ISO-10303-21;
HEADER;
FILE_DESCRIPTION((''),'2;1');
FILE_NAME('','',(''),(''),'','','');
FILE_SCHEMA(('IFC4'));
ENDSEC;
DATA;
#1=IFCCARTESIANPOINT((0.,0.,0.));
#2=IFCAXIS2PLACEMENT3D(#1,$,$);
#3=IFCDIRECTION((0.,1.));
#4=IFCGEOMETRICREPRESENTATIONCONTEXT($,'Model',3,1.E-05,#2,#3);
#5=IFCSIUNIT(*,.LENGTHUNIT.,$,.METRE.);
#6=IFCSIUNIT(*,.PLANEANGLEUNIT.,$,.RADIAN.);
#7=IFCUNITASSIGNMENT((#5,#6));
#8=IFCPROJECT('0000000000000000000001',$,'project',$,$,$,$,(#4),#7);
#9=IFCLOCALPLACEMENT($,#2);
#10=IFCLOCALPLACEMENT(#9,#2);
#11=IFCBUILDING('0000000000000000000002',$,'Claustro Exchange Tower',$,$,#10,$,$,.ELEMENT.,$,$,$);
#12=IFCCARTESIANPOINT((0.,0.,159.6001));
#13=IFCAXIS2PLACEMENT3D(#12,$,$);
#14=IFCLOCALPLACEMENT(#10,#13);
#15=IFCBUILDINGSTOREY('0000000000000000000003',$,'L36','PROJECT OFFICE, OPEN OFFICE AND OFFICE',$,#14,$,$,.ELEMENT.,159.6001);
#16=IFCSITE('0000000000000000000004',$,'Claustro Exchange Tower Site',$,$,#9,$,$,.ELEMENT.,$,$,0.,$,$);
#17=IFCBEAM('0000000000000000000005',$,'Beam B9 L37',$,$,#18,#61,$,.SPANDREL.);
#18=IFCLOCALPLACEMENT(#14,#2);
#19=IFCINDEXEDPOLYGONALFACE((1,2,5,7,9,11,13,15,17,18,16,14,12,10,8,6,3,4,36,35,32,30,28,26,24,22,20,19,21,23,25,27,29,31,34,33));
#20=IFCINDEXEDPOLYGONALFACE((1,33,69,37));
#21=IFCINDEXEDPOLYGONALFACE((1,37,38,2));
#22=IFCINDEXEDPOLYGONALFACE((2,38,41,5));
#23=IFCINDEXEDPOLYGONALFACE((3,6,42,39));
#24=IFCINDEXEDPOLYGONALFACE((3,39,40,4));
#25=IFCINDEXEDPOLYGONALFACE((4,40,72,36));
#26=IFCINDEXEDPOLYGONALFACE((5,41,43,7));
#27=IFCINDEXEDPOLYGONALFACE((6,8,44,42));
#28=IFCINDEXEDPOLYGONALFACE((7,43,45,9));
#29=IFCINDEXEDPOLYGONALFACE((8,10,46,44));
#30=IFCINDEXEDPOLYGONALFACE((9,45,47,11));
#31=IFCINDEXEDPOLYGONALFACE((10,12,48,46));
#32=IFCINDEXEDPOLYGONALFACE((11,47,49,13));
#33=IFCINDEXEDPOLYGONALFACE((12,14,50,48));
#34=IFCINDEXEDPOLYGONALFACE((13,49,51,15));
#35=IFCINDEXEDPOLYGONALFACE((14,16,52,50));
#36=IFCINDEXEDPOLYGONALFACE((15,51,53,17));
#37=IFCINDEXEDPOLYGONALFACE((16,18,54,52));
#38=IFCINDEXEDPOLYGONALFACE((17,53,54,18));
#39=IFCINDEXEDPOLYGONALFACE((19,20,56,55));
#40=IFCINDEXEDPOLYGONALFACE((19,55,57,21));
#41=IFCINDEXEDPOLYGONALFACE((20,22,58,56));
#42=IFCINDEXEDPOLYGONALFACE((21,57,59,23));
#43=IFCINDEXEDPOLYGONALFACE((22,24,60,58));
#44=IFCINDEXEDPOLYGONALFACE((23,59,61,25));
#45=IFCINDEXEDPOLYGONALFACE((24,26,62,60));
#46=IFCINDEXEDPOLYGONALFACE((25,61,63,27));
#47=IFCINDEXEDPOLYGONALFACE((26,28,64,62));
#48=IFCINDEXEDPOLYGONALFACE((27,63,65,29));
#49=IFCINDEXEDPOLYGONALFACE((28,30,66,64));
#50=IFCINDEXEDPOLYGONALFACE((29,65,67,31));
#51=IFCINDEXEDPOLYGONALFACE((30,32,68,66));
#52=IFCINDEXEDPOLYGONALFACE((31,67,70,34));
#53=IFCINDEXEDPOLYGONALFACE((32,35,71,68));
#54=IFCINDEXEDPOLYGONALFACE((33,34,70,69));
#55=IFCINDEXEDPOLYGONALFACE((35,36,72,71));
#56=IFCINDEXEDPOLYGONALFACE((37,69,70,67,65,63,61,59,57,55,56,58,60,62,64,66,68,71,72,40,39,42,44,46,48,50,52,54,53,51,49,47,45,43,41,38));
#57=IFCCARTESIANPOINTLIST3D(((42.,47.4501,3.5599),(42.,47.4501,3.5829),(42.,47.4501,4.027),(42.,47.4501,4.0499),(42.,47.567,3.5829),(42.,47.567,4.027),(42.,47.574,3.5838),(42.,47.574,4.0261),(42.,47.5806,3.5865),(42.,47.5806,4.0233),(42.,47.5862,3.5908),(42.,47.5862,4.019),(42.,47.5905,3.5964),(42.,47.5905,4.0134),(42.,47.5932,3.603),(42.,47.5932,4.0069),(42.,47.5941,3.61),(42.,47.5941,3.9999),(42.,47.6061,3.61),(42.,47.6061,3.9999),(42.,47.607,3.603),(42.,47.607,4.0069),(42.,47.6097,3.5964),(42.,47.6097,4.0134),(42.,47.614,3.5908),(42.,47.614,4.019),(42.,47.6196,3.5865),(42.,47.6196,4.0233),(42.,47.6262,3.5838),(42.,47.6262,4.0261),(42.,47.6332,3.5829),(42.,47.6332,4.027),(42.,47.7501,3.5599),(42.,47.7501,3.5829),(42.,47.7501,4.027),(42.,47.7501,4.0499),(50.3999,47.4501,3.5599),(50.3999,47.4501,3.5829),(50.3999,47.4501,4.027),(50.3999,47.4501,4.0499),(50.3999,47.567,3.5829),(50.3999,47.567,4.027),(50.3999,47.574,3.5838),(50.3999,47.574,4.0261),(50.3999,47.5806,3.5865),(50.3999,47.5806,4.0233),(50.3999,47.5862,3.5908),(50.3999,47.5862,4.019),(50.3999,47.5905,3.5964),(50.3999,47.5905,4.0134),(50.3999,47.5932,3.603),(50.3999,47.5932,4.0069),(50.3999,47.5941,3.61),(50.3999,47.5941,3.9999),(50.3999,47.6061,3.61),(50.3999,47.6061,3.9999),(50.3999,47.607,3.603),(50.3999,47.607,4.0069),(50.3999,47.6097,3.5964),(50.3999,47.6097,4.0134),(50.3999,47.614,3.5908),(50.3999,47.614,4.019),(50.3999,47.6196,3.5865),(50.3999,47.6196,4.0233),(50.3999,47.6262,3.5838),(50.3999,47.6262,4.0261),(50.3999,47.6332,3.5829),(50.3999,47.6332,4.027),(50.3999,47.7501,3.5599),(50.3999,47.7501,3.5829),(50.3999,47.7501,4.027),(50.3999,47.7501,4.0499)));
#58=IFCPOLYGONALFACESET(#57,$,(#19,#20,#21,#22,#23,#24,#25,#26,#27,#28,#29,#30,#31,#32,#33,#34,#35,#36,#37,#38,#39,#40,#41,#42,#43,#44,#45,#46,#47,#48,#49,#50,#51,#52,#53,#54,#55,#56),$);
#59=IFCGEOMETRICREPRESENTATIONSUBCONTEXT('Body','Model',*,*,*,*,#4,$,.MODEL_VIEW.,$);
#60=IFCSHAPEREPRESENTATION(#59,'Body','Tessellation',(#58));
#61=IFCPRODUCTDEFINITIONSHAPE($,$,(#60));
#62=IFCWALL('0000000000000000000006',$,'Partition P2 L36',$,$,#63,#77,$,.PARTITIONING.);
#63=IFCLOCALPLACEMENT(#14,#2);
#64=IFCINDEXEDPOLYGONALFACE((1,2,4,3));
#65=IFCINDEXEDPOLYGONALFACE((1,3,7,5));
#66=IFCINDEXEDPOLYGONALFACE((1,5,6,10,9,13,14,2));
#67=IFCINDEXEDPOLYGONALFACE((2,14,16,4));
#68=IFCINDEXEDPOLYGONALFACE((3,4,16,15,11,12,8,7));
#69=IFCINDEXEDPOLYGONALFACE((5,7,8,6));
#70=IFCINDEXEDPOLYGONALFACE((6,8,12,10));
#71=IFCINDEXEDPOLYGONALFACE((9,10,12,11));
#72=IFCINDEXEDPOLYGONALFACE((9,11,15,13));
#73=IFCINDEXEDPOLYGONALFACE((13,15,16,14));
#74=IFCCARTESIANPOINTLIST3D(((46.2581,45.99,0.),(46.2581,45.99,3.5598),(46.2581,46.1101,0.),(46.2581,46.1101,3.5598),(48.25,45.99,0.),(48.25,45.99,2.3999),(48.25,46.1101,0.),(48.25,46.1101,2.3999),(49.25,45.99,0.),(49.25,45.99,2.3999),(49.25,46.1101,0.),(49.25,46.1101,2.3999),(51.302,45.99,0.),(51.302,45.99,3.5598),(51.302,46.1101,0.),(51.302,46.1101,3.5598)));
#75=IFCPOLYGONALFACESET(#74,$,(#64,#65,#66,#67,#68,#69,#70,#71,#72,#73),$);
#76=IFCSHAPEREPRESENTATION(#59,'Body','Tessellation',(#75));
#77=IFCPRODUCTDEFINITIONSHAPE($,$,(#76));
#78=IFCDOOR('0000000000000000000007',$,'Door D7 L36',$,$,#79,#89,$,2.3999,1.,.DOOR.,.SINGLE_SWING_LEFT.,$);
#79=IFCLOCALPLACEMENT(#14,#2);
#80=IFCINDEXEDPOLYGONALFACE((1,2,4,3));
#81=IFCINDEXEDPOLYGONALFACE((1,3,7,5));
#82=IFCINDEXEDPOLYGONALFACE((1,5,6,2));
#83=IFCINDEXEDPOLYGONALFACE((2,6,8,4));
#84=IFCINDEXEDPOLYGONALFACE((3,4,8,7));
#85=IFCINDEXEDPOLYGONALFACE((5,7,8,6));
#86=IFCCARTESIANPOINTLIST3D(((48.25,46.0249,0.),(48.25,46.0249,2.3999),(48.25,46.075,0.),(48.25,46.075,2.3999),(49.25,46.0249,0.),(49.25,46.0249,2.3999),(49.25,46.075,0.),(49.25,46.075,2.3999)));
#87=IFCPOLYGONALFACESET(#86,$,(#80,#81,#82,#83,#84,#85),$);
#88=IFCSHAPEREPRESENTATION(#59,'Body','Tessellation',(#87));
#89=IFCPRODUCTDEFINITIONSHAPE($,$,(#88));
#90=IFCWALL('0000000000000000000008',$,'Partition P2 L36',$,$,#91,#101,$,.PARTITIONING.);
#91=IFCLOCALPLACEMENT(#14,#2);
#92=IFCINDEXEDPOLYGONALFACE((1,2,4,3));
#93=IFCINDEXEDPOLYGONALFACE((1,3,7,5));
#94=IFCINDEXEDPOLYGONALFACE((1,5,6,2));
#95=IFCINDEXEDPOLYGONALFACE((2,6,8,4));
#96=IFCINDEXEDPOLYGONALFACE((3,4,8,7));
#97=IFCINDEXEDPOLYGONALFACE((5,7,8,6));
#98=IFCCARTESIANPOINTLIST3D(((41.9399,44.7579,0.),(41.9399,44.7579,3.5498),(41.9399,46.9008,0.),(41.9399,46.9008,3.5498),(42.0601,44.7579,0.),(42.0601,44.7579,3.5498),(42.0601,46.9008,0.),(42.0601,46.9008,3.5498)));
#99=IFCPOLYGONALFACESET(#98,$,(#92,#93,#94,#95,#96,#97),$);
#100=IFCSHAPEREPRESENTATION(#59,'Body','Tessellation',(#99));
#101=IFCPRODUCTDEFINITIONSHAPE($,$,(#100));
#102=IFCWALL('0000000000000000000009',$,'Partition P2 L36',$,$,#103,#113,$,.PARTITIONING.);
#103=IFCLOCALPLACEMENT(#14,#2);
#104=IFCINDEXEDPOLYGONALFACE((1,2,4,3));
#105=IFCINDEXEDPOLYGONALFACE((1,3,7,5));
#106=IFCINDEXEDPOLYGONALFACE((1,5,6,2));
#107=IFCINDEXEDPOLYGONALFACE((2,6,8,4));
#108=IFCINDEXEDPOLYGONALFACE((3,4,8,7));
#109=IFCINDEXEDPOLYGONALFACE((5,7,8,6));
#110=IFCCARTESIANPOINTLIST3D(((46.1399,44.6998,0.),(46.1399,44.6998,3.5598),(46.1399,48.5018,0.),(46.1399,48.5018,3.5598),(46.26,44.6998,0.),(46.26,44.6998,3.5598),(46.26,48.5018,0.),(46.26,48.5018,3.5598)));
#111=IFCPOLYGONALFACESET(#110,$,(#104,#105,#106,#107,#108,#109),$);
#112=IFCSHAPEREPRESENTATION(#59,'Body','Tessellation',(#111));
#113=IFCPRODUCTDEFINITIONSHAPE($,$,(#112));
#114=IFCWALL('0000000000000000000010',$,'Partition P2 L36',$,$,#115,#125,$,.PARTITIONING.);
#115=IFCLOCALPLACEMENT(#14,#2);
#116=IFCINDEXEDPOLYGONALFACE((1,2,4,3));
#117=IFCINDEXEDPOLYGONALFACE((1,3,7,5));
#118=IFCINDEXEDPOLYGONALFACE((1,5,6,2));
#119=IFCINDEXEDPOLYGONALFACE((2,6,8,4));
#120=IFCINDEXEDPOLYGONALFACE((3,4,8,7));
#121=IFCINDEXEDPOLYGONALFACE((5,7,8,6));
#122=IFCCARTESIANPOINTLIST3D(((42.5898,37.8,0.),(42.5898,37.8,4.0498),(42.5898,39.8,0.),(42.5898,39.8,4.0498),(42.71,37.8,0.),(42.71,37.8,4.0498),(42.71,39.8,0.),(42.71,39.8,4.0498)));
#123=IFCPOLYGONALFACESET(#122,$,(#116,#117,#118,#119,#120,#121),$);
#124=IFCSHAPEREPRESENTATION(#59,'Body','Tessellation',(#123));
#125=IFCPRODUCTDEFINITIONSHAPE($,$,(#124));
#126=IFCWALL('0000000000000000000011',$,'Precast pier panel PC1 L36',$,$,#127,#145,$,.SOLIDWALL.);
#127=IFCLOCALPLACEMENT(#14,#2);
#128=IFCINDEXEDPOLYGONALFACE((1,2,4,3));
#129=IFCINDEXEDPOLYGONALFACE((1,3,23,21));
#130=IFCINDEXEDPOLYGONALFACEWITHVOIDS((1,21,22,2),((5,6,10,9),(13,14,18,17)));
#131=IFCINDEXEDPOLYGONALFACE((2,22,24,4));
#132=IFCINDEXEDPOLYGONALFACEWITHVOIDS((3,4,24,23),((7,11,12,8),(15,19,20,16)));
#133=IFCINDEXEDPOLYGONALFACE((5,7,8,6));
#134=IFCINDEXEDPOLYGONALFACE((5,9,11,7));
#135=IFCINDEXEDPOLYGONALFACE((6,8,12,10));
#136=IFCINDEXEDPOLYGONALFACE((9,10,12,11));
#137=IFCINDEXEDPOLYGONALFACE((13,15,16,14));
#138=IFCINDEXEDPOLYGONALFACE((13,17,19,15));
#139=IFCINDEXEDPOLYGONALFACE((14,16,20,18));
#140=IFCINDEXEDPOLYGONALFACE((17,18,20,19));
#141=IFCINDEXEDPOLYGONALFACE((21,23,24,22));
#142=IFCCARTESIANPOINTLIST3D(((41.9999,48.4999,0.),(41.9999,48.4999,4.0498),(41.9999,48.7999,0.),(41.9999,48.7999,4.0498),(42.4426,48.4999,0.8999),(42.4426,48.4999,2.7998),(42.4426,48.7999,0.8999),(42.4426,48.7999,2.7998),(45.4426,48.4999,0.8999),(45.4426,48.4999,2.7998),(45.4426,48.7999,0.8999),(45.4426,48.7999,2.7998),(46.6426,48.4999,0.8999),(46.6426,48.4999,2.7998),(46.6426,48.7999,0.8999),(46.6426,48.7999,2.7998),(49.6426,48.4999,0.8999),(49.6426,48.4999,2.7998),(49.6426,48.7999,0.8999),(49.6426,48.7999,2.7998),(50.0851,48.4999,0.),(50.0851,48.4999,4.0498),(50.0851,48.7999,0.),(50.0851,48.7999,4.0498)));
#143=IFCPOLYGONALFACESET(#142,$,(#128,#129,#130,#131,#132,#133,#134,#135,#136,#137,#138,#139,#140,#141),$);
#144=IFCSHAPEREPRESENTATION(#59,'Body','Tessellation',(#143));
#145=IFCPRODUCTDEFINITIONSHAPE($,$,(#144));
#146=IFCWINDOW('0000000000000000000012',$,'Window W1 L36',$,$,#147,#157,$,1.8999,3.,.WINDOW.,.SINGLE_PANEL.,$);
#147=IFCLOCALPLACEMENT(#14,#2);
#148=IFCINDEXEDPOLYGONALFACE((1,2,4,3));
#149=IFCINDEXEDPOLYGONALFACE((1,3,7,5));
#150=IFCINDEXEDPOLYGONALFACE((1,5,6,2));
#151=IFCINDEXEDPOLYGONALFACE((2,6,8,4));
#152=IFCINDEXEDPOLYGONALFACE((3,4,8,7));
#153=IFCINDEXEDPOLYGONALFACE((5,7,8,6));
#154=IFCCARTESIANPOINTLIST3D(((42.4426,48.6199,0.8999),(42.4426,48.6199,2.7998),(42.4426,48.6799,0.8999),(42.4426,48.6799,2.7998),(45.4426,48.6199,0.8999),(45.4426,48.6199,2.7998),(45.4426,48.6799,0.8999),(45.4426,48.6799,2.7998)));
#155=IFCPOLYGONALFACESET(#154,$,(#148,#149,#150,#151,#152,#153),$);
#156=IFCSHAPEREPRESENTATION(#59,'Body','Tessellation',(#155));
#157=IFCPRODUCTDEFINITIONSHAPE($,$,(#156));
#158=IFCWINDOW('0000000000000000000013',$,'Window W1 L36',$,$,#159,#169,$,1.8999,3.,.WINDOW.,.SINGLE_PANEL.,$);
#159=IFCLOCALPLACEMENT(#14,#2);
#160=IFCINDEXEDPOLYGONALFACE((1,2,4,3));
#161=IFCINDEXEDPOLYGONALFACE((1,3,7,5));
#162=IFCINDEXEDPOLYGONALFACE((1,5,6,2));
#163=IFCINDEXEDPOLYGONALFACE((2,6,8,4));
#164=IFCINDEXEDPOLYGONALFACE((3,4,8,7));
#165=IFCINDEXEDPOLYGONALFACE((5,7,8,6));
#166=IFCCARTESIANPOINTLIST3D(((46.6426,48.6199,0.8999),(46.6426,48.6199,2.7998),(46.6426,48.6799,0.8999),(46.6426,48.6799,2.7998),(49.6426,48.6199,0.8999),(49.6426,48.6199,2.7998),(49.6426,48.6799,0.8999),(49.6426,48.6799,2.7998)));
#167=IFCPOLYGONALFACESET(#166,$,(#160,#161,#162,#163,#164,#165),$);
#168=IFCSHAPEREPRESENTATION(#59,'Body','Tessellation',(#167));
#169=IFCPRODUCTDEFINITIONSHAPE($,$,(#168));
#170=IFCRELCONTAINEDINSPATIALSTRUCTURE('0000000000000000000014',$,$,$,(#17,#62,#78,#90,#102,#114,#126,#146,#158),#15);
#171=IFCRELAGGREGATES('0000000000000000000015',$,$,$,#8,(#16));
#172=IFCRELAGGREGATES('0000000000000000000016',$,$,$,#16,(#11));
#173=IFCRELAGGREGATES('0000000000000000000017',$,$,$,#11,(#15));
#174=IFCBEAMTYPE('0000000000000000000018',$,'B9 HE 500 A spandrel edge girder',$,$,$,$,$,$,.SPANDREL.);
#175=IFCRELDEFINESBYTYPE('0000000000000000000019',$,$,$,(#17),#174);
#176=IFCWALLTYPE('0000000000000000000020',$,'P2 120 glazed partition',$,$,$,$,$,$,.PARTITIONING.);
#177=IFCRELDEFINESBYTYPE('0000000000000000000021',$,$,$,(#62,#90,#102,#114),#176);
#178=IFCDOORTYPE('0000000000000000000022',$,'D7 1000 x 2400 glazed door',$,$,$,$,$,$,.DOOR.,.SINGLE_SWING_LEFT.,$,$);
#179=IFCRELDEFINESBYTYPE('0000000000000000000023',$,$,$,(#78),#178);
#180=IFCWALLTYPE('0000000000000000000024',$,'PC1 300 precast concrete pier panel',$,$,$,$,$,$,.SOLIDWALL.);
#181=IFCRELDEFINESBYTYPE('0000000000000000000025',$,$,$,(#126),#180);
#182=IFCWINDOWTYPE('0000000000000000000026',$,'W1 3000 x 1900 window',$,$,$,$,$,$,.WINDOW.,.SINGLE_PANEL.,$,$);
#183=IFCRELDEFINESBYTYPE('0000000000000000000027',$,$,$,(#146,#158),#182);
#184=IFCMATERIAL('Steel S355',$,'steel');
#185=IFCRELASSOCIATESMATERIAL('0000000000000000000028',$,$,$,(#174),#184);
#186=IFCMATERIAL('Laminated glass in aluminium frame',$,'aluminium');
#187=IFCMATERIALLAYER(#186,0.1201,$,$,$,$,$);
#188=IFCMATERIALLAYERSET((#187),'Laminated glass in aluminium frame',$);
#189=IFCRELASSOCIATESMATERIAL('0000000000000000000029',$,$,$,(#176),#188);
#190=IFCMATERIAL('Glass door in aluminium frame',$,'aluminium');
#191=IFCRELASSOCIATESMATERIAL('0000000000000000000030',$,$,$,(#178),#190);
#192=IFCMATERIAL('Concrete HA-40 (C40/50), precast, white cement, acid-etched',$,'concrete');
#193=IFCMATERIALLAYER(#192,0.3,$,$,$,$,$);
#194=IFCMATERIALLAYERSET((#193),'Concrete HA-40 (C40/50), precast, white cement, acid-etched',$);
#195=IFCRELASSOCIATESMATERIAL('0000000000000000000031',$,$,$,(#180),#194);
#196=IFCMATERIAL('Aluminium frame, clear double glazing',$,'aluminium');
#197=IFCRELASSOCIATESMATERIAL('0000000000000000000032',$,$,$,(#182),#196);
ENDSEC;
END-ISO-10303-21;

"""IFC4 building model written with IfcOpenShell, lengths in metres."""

from ifc_helpers import new_model, si_unit, direction, frame, frame_2d, origin, origin_2d, place, context, subcontext, project, spatial, rectangle, i_section, extrude, material, layer, layer_set, material_profile, profile_set, type_object, element, fill, save


model = new_model("IFC4")

# Units and contexts
model_context = context("Model", 3, precision=1e-05, world=origin(), true_north=direction((0.0, 1.0)))
body_context = subcontext(model_context, "Body", "Model", "MODEL_VIEW")
ifc_project = project(units=[si_unit("LENGTHUNIT", "METRE"), si_unit("PLANEANGLEUNIT", "RADIAN")], contexts=[model_context])

# Site, building, storey
site_placement = place(None, origin())
site = spatial("IfcSite", under=ifc_project, at=site_placement, Name="Claustro Exchange Tower Site", CompositionType="ELEMENT", RefElevation=0.0)
building_placement = place(site_placement, origin())
building = spatial("IfcBuilding", under=site, at=building_placement, Name="Claustro Exchange Tower", CompositionType="ELEMENT")
storey_placement = place(building_placement, frame((0.0, 0.0, 159.6001)))
storey = spatial("IfcBuildingStorey", under=building, at=storey_placement, Name="L36", Description="PROJECT OFFICE, OPEN OFFICE AND OFFICE", CompositionType="ELEMENT", Elevation=159.6001)

# Beam
ifc_material_1 = material(Name="Steel S355", Category="steel")
ifc_material_profile_1 = material_profile(ifc_material_1, i_section(OverallWidth=0.3, OverallDepth=0.49, WebThickness=0.012, FlangeThickness=0.0229, FilletRadius=0.0271, at=origin_2d()), Name="HE 500 A")
ifc_profile_set_1 = profile_set([ifc_material_profile_1], Name="Steel S355")
beam_type_1 = type_object("IfcBeamType", Name="B9 HE 500 A spandrel edge girder", PredefinedType="SPANDREL", material=ifc_profile_set_1)
beam_1_placement = place(storey_placement, frame((42.0, 47.6001, 3.8049), z_axis=(1.0, 0.0, 0.0), x_axis=(0.0, 1.0, 0.0)))
element("IfcBeam", 1, at=beam_1_placement, inside=storey, type_object=beam_type_1, Name="Beam B9 L37", PredefinedType="SPANDREL", context=body_context, shape_type="SweptSolid", body=[
    extrude(i_section(OverallWidth=0.3, OverallDepth=0.49, WebThickness=0.012, FlangeThickness=0.0229, FilletRadius=0.0271, at=origin_2d()), origin(), (0.0, 0.0, 1.0), 8.3999),
])

# Wall, opening, door
ifc_material_2 = material(Name="Laminated glass in aluminium frame", Category="aluminium")
ifc_layer_1 = layer(ifc_material_2, 0.1201)
ifc_layer_set_1 = layer_set([ifc_layer_1], Name="Laminated glass in aluminium frame")
wall_type_1 = type_object("IfcWallType", Name="P2 120 glazed partition", PredefinedType="PARTITIONING", material=ifc_layer_set_1)
wall_1_placement = place(storey_placement, frame((46.2581, 46.05, 0.0), z_axis=(0.0, 0.0, 1.0), x_axis=(1.0, 0.0, 0.0)))
wall_1 = element("IfcWall", 2, at=wall_1_placement, inside=storey, type_object=wall_type_1, Name="Partition P2 L36", PredefinedType="PARTITIONING", context=body_context, shape_type="SweptSolid", body=[
    extrude(rectangle(XDim=5.0439, YDim=0.1201, at=frame_2d((2.522, 0.0))), origin(), (0.0, 0.0, 1.0), 3.5598),
])
opening_1_placement = place(wall_1_placement, frame((1.9919, 0.0, 0.0)))
opening_1 = element("IfcOpeningElement", 3, at=opening_1_placement, cuts=wall_1, PredefinedType="OPENING", context=body_context, shape_type="SweptSolid", body=[
    extrude(rectangle(XDim=1.0, YDim=2.3999, at=frame_2d((0.5, 1.2))), frame((0.0, 0.0701, 0.0), z_axis=(0.0, -1.0, 0.0), x_axis=(1.0, 0.0, 0.0)), (0.0, 0.0, 1.0), 0.1401),
])
ifc_material_3 = material(Name="Glass door in aluminium frame", Category="aluminium")
door_type = type_object("IfcDoorType", Name="D7 1000 x 2400 glazed door", OperationType="SINGLE_SWING_LEFT", PredefinedType="DOOR", material=ifc_material_3)
door_placement = place(opening_1_placement, origin())
door = element("IfcDoor", 4, at=door_placement, inside=storey, type_object=door_type, Name="Door D7 L36", OperationType="SINGLE_SWING_LEFT", OverallHeight=2.3999, OverallWidth=1.0, PredefinedType="DOOR", context=body_context, shape_type="SweptSolid", body=[
    extrude(rectangle(XDim=1.0, YDim=2.3999, at=frame_2d((0.5, 1.2))), frame((0.0, 0.0249, 0.0), z_axis=(0.0, -1.0, 0.0), x_axis=(1.0, 0.0, 0.0)), (0.0, 0.0, 1.0), 0.05),
])
fill(opening_1, door)

# Walls
wall_2_placement = place(storey_placement, frame((42.0, 44.7581, 0.0), z_axis=(0.0, 0.0, 1.0), x_axis=(0.0, 1.0, 0.0)))
element("IfcWall", 5, at=wall_2_placement, inside=storey, type_object=wall_type_1, Name="Partition P2 L36", PredefinedType="PARTITIONING", context=body_context, shape_type="SweptSolid", body=[
    extrude(rectangle(XDim=2.1428, YDim=0.1201, at=frame_2d((1.0713, 0.0))), origin(), (0.0, 0.0, 1.0), 3.5498),
])
wall_3_placement = place(storey_placement, frame((46.2, 44.7, 0.0), z_axis=(0.0, 0.0, 1.0), x_axis=(0.0, 1.0, 0.0)))
element("IfcWall", 6, at=wall_3_placement, inside=storey, type_object=wall_type_1, Name="Partition P2 L36", PredefinedType="PARTITIONING", context=body_context, shape_type="SweptSolid", body=[
    extrude(rectangle(XDim=3.802, YDim=0.1201, at=frame_2d((1.9009, 0.0))), origin(), (0.0, 0.0, 1.0), 3.5598),
])
wall_4_placement = place(storey_placement, frame((42.6499, 37.8, 0.0), z_axis=(0.0, 0.0, 1.0), x_axis=(0.0, 1.0, 0.0)))
element("IfcWall", 7, at=wall_4_placement, inside=storey, type_object=wall_type_1, Name="Partition P2 L36", PredefinedType="PARTITIONING", context=body_context, shape_type="SweptSolid", body=[
    extrude(rectangle(XDim=2.0, YDim=0.1201, at=frame_2d((1.0, 0.0))), origin(), (0.0, 0.0, 1.0), 4.0498),
])

# Wall, openings, windows
ifc_material_4 = material(Name="Concrete HA-40 (C40/50), precast, white cement, acid-etched", Category="concrete")
ifc_layer_2 = layer(ifc_material_4, 0.3)
ifc_layer_set_2 = layer_set([ifc_layer_2], Name="Concrete HA-40 (C40/50), precast, white cement, acid-etched")
wall_type_2 = type_object("IfcWallType", Name="PC1 300 precast concrete pier panel", PredefinedType="SOLIDWALL", material=ifc_layer_set_2)
wall_5_placement = place(storey_placement, frame((42.0, 48.6499, 0.0), z_axis=(0.0, 0.0, 1.0), x_axis=(1.0, 0.0, 0.0)))
wall_5 = element("IfcWall", 8, at=wall_5_placement, inside=storey, type_object=wall_type_2, Name="Precast pier panel PC1 L36", PredefinedType="SOLIDWALL", context=body_context, shape_type="SweptSolid", body=[
    extrude(rectangle(XDim=8.0852, YDim=0.3, at=frame_2d((4.0425, 0.0))), origin(), (0.0, 0.0, 1.0), 4.0498),
])
opening_2_placement = place(wall_5_placement, frame((0.4426, 0.0, 0.8999)))
opening_2 = element("IfcOpeningElement", 9, at=opening_2_placement, cuts=wall_5, PredefinedType="OPENING", context=body_context, shape_type="SweptSolid", body=[
    extrude(rectangle(XDim=3.0, YDim=1.8999, at=frame_2d((1.5, 0.95))), frame((0.0, 0.1599, 0.0), z_axis=(0.0, -1.0, 0.0), x_axis=(1.0, 0.0, 0.0)), (0.0, 0.0, 1.0), 0.3201),
])
opening_3_placement = place(wall_5_placement, frame((4.6426, 0.0, 0.8999)))
opening_3 = element("IfcOpeningElement", 10, at=opening_3_placement, cuts=wall_5, PredefinedType="OPENING", context=body_context, shape_type="SweptSolid", body=[
    extrude(rectangle(XDim=3.0, YDim=1.8999, at=frame_2d((1.5, 0.95))), frame((0.0, 0.1599, 0.0), z_axis=(0.0, -1.0, 0.0), x_axis=(1.0, 0.0, 0.0)), (0.0, 0.0, 1.0), 0.3201),
])
ifc_material_5 = material(Name="Aluminium frame, clear double glazing", Category="aluminium")
window_type_1 = type_object("IfcWindowType", Name="W1 3000 x 1900 window", PartitioningType="SINGLE_PANEL", PredefinedType="WINDOW", material=ifc_material_5)
window_1_placement = place(opening_2_placement, origin())
window_1 = element("IfcWindow", 11, at=window_1_placement, inside=storey, type_object=window_type_1, Name="Window W1 L36", OverallHeight=1.8999, OverallWidth=3.0, PartitioningType="SINGLE_PANEL", PredefinedType="WINDOW", context=body_context, shape_type="SweptSolid", body=[
    extrude(rectangle(XDim=3.0, YDim=1.8999, at=frame_2d((1.5, 0.95))), frame((0.0, 0.03, 0.0), z_axis=(0.0, -1.0, 0.0), x_axis=(1.0, 0.0, 0.0)), (0.0, 0.0, 1.0), 0.0601),
])
fill(opening_2, window_1)
window_2_placement = place(opening_3_placement, origin())
window_2 = element("IfcWindow", 12, at=window_2_placement, inside=storey, type_object=window_type_1, Name="Window W1 L36", OverallHeight=1.8999, OverallWidth=3.0, PartitioningType="SINGLE_PANEL", PredefinedType="WINDOW", context=body_context, shape_type="SweptSolid", body=[
    extrude(rectangle(XDim=3.0, YDim=1.8999, at=frame_2d((1.5, 0.95))), frame((0.0, 0.03, 0.0), z_axis=(0.0, -1.0, 0.0), x_axis=(1.0, 0.0, 0.0)), (0.0, 0.0, 1.0), 0.0601),
])
fill(opening_3, window_2)

save(model, "model.ifc")
